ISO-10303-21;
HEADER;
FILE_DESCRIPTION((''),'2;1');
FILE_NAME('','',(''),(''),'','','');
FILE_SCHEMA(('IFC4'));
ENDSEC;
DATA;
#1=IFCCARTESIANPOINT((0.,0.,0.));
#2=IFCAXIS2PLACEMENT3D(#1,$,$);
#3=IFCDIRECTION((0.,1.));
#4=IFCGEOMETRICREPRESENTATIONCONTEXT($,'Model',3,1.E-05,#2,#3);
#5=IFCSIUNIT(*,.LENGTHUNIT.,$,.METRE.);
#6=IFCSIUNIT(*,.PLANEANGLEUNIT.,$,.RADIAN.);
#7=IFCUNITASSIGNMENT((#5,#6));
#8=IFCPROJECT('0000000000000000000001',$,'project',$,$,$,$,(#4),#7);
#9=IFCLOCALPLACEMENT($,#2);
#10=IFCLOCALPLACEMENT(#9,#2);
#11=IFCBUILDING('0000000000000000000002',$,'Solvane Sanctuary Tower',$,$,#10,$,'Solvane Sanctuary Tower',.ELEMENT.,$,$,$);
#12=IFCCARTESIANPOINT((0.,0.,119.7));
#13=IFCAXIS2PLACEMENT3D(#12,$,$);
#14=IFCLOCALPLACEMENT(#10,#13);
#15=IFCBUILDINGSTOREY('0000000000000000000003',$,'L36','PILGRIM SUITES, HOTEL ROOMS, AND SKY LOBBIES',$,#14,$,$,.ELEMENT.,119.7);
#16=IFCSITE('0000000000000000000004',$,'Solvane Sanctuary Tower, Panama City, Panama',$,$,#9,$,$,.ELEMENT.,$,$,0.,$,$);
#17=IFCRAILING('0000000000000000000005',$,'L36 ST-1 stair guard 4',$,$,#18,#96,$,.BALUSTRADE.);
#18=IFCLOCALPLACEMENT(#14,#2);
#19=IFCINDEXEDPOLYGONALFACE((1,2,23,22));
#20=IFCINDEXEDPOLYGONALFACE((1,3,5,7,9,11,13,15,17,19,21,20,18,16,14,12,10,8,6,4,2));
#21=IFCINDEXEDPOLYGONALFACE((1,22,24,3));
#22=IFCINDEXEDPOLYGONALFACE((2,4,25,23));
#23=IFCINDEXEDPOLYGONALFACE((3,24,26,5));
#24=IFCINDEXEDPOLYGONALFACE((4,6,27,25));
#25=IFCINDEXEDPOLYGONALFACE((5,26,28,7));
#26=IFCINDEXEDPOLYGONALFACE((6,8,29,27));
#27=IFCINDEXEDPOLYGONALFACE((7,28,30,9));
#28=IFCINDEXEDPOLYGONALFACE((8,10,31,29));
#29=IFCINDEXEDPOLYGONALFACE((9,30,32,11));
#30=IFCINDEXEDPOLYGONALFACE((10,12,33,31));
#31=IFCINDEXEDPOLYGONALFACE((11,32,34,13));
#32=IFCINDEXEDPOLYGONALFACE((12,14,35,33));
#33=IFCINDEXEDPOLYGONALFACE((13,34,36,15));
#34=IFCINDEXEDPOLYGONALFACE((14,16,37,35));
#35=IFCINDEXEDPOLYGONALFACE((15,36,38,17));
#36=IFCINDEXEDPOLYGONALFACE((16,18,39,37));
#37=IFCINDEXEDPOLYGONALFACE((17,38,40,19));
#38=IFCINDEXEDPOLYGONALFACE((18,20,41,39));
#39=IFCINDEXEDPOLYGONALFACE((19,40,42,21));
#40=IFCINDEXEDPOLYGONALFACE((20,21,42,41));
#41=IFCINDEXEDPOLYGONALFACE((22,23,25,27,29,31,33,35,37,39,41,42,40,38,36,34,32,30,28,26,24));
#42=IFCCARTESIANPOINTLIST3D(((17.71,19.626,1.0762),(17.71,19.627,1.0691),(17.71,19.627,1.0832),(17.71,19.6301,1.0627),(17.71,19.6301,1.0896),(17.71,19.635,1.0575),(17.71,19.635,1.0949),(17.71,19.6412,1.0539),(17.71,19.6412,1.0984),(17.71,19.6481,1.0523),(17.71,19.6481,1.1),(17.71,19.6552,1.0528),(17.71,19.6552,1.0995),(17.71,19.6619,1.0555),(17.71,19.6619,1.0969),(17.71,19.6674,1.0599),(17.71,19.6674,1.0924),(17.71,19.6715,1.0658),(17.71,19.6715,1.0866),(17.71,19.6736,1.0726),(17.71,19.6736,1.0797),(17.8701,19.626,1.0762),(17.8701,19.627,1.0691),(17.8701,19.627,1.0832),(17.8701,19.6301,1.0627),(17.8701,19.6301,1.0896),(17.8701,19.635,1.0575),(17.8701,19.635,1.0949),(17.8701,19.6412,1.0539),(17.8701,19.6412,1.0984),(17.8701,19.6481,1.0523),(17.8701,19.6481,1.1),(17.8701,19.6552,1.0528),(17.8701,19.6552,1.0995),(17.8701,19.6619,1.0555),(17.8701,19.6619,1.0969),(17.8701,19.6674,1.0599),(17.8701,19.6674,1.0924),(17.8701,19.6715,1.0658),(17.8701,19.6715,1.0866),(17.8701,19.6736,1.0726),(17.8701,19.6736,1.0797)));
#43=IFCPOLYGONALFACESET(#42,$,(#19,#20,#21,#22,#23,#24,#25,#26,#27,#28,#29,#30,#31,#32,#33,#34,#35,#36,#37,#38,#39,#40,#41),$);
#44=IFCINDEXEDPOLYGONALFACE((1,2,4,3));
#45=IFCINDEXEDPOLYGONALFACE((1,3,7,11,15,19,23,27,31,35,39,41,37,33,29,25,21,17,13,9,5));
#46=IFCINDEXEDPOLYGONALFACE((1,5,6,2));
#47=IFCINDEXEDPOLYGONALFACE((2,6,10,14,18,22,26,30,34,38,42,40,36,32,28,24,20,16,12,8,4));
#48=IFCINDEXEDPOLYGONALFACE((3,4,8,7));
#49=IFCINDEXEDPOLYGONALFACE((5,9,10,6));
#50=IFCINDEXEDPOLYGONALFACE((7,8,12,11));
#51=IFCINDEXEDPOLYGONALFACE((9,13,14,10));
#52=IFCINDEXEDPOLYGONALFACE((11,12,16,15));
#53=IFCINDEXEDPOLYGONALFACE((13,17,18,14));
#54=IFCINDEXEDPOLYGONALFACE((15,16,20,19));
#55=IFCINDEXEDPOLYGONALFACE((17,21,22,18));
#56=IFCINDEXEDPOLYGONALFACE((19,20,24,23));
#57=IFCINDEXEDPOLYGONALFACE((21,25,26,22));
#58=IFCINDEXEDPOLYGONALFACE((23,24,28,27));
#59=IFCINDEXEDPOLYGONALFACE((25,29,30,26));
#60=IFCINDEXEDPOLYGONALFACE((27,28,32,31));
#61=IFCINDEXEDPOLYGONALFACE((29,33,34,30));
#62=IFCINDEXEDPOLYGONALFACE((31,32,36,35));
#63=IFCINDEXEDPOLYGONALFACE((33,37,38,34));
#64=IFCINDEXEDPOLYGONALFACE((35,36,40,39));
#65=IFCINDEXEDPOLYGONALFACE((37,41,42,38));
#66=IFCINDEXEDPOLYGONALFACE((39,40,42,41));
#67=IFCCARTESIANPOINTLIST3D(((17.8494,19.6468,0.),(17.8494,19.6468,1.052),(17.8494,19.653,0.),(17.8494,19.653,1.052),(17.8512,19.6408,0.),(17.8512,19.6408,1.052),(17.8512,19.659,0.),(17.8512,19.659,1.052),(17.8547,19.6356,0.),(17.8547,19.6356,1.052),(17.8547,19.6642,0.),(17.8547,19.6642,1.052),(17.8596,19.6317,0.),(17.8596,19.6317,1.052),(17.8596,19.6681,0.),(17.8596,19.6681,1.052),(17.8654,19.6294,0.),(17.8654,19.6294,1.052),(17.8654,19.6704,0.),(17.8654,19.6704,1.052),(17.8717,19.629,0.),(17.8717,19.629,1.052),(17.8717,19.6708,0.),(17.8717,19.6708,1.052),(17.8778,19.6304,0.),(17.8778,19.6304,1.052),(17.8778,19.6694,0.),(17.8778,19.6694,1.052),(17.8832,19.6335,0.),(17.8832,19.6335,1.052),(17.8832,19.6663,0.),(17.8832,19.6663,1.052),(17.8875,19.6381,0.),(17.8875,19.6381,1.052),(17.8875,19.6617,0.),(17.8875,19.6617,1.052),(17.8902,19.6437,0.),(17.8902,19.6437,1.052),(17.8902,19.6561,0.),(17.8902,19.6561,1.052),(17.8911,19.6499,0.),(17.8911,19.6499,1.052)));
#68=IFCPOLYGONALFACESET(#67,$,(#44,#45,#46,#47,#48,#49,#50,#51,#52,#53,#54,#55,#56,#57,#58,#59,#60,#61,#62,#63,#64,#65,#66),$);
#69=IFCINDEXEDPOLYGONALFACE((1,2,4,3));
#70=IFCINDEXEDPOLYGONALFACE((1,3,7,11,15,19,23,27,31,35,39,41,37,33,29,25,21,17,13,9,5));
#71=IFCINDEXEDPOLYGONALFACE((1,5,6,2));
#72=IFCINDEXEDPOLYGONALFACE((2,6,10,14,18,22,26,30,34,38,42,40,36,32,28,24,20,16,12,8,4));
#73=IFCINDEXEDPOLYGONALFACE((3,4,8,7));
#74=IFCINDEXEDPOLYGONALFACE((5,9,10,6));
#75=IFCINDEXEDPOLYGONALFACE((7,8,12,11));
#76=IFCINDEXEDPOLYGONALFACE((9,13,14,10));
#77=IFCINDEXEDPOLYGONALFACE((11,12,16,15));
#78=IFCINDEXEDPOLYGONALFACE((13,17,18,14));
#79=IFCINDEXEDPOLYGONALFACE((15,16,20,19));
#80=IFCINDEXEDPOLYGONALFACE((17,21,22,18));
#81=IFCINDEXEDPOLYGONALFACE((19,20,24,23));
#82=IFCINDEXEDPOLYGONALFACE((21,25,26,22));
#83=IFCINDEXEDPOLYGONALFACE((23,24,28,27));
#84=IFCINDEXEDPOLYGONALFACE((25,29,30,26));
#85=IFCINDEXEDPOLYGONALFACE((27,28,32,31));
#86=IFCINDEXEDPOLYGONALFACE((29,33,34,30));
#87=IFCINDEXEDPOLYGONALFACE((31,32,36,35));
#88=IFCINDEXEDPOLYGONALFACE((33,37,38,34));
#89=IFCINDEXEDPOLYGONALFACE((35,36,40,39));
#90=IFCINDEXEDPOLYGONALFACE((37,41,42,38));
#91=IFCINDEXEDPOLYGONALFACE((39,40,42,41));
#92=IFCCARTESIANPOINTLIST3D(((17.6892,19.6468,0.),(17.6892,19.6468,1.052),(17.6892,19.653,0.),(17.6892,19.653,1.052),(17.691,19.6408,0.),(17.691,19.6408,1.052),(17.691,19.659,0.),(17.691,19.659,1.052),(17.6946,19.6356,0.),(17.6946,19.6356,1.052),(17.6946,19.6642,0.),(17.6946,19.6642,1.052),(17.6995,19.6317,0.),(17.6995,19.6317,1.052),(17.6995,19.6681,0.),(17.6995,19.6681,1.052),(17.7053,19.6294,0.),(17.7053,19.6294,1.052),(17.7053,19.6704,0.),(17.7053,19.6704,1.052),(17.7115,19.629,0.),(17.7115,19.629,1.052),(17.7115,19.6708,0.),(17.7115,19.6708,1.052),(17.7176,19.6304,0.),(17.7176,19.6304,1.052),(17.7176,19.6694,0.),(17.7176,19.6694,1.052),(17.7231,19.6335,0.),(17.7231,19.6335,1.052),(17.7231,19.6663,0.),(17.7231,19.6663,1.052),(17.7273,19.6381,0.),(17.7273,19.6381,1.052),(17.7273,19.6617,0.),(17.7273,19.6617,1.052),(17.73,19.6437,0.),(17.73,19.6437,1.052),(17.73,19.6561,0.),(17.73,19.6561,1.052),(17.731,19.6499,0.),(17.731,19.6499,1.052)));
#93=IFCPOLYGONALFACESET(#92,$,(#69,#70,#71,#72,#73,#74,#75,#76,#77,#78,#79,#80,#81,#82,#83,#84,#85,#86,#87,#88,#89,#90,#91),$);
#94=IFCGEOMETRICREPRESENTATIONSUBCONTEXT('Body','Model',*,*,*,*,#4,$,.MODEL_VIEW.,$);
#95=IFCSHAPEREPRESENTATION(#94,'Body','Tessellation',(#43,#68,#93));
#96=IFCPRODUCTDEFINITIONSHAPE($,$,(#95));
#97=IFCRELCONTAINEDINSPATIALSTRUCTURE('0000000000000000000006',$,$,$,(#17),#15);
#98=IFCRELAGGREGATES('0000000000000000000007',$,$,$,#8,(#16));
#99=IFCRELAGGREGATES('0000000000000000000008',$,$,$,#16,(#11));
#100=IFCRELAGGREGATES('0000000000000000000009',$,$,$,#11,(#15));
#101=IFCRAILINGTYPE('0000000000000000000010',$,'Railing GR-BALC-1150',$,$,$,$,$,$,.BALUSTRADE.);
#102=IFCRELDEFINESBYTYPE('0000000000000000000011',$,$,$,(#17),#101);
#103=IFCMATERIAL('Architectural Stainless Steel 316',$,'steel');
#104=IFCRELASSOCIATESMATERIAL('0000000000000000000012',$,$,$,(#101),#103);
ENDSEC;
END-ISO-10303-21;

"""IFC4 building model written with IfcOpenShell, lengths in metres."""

from ifc_helpers import new_model, si_unit, direction, frame, origin, origin_2d, place, context, subcontext, project, spatial, circle, extrude, material, type_object, element, save


model = new_model("IFC4")

# Units and contexts
model_context = context("Model", 3, precision=1e-05, world=origin(), true_north=direction((0.0, 1.0)))
body_context = subcontext(model_context, "Body", "Model", "MODEL_VIEW")
ifc_project = project(units=[si_unit("LENGTHUNIT", "METRE"), si_unit("PLANEANGLEUNIT", "RADIAN")], contexts=[model_context])

# Site, building, storey
site_placement = place(None, origin())
site = spatial("IfcSite", under=ifc_project, at=site_placement, Name="Solvane Sanctuary Tower, Panama City, Panama", CompositionType="ELEMENT", RefElevation=0.0)
building_placement = place(site_placement, origin())
building = spatial("IfcBuilding", under=site, at=building_placement, Name="Solvane Sanctuary Tower", LongName="Solvane Sanctuary Tower", CompositionType="ELEMENT")
storey_placement = place(building_placement, frame((0.0, 0.0, 119.7)))
storey = spatial("IfcBuildingStorey", under=building, at=storey_placement, Name="L36", Description="PILGRIM SUITES, HOTEL ROOMS, AND SKY LOBBIES", CompositionType="ELEMENT", Elevation=119.7)

# Shared definitions
ifc_material_1 = material(Name="Architectural Stainless Steel 316", Category="steel")

# Railing
railing_type_1 = type_object("IfcRailingType", Name="Railing GR-BALC-1150", PredefinedType="BALUSTRADE", material=ifc_material_1)
railing_1_placement = place(storey_placement, frame((17.8701, 19.6499, 0.0)))
element("IfcRailing", 1, at=railing_1_placement, inside=storey, type_object=railing_type_1, Name="L36 ST-1 stair guard 4", PredefinedType="BALUSTRADE", context=body_context, shape_type="SweptSolid", body=[
    extrude(circle(Radius=0.0239, at=origin_2d()), frame((0.0, 0.0, 1.0762), z_axis=(-1.0, 0.0, 0.0), x_axis=(0.0, -1.0, 0.0)), (0.0, 0.0, 1.0), 0.1602),
    extrude(circle(Radius=0.021, at=origin_2d()), origin(), (0.0, 0.0, 1.0), 1.052),
    extrude(circle(Radius=0.021, at=origin_2d()), frame((-0.1602, 0.0, 0.0)), (0.0, 0.0, 1.0), 1.052),
])

save(model, "model.ifc")
